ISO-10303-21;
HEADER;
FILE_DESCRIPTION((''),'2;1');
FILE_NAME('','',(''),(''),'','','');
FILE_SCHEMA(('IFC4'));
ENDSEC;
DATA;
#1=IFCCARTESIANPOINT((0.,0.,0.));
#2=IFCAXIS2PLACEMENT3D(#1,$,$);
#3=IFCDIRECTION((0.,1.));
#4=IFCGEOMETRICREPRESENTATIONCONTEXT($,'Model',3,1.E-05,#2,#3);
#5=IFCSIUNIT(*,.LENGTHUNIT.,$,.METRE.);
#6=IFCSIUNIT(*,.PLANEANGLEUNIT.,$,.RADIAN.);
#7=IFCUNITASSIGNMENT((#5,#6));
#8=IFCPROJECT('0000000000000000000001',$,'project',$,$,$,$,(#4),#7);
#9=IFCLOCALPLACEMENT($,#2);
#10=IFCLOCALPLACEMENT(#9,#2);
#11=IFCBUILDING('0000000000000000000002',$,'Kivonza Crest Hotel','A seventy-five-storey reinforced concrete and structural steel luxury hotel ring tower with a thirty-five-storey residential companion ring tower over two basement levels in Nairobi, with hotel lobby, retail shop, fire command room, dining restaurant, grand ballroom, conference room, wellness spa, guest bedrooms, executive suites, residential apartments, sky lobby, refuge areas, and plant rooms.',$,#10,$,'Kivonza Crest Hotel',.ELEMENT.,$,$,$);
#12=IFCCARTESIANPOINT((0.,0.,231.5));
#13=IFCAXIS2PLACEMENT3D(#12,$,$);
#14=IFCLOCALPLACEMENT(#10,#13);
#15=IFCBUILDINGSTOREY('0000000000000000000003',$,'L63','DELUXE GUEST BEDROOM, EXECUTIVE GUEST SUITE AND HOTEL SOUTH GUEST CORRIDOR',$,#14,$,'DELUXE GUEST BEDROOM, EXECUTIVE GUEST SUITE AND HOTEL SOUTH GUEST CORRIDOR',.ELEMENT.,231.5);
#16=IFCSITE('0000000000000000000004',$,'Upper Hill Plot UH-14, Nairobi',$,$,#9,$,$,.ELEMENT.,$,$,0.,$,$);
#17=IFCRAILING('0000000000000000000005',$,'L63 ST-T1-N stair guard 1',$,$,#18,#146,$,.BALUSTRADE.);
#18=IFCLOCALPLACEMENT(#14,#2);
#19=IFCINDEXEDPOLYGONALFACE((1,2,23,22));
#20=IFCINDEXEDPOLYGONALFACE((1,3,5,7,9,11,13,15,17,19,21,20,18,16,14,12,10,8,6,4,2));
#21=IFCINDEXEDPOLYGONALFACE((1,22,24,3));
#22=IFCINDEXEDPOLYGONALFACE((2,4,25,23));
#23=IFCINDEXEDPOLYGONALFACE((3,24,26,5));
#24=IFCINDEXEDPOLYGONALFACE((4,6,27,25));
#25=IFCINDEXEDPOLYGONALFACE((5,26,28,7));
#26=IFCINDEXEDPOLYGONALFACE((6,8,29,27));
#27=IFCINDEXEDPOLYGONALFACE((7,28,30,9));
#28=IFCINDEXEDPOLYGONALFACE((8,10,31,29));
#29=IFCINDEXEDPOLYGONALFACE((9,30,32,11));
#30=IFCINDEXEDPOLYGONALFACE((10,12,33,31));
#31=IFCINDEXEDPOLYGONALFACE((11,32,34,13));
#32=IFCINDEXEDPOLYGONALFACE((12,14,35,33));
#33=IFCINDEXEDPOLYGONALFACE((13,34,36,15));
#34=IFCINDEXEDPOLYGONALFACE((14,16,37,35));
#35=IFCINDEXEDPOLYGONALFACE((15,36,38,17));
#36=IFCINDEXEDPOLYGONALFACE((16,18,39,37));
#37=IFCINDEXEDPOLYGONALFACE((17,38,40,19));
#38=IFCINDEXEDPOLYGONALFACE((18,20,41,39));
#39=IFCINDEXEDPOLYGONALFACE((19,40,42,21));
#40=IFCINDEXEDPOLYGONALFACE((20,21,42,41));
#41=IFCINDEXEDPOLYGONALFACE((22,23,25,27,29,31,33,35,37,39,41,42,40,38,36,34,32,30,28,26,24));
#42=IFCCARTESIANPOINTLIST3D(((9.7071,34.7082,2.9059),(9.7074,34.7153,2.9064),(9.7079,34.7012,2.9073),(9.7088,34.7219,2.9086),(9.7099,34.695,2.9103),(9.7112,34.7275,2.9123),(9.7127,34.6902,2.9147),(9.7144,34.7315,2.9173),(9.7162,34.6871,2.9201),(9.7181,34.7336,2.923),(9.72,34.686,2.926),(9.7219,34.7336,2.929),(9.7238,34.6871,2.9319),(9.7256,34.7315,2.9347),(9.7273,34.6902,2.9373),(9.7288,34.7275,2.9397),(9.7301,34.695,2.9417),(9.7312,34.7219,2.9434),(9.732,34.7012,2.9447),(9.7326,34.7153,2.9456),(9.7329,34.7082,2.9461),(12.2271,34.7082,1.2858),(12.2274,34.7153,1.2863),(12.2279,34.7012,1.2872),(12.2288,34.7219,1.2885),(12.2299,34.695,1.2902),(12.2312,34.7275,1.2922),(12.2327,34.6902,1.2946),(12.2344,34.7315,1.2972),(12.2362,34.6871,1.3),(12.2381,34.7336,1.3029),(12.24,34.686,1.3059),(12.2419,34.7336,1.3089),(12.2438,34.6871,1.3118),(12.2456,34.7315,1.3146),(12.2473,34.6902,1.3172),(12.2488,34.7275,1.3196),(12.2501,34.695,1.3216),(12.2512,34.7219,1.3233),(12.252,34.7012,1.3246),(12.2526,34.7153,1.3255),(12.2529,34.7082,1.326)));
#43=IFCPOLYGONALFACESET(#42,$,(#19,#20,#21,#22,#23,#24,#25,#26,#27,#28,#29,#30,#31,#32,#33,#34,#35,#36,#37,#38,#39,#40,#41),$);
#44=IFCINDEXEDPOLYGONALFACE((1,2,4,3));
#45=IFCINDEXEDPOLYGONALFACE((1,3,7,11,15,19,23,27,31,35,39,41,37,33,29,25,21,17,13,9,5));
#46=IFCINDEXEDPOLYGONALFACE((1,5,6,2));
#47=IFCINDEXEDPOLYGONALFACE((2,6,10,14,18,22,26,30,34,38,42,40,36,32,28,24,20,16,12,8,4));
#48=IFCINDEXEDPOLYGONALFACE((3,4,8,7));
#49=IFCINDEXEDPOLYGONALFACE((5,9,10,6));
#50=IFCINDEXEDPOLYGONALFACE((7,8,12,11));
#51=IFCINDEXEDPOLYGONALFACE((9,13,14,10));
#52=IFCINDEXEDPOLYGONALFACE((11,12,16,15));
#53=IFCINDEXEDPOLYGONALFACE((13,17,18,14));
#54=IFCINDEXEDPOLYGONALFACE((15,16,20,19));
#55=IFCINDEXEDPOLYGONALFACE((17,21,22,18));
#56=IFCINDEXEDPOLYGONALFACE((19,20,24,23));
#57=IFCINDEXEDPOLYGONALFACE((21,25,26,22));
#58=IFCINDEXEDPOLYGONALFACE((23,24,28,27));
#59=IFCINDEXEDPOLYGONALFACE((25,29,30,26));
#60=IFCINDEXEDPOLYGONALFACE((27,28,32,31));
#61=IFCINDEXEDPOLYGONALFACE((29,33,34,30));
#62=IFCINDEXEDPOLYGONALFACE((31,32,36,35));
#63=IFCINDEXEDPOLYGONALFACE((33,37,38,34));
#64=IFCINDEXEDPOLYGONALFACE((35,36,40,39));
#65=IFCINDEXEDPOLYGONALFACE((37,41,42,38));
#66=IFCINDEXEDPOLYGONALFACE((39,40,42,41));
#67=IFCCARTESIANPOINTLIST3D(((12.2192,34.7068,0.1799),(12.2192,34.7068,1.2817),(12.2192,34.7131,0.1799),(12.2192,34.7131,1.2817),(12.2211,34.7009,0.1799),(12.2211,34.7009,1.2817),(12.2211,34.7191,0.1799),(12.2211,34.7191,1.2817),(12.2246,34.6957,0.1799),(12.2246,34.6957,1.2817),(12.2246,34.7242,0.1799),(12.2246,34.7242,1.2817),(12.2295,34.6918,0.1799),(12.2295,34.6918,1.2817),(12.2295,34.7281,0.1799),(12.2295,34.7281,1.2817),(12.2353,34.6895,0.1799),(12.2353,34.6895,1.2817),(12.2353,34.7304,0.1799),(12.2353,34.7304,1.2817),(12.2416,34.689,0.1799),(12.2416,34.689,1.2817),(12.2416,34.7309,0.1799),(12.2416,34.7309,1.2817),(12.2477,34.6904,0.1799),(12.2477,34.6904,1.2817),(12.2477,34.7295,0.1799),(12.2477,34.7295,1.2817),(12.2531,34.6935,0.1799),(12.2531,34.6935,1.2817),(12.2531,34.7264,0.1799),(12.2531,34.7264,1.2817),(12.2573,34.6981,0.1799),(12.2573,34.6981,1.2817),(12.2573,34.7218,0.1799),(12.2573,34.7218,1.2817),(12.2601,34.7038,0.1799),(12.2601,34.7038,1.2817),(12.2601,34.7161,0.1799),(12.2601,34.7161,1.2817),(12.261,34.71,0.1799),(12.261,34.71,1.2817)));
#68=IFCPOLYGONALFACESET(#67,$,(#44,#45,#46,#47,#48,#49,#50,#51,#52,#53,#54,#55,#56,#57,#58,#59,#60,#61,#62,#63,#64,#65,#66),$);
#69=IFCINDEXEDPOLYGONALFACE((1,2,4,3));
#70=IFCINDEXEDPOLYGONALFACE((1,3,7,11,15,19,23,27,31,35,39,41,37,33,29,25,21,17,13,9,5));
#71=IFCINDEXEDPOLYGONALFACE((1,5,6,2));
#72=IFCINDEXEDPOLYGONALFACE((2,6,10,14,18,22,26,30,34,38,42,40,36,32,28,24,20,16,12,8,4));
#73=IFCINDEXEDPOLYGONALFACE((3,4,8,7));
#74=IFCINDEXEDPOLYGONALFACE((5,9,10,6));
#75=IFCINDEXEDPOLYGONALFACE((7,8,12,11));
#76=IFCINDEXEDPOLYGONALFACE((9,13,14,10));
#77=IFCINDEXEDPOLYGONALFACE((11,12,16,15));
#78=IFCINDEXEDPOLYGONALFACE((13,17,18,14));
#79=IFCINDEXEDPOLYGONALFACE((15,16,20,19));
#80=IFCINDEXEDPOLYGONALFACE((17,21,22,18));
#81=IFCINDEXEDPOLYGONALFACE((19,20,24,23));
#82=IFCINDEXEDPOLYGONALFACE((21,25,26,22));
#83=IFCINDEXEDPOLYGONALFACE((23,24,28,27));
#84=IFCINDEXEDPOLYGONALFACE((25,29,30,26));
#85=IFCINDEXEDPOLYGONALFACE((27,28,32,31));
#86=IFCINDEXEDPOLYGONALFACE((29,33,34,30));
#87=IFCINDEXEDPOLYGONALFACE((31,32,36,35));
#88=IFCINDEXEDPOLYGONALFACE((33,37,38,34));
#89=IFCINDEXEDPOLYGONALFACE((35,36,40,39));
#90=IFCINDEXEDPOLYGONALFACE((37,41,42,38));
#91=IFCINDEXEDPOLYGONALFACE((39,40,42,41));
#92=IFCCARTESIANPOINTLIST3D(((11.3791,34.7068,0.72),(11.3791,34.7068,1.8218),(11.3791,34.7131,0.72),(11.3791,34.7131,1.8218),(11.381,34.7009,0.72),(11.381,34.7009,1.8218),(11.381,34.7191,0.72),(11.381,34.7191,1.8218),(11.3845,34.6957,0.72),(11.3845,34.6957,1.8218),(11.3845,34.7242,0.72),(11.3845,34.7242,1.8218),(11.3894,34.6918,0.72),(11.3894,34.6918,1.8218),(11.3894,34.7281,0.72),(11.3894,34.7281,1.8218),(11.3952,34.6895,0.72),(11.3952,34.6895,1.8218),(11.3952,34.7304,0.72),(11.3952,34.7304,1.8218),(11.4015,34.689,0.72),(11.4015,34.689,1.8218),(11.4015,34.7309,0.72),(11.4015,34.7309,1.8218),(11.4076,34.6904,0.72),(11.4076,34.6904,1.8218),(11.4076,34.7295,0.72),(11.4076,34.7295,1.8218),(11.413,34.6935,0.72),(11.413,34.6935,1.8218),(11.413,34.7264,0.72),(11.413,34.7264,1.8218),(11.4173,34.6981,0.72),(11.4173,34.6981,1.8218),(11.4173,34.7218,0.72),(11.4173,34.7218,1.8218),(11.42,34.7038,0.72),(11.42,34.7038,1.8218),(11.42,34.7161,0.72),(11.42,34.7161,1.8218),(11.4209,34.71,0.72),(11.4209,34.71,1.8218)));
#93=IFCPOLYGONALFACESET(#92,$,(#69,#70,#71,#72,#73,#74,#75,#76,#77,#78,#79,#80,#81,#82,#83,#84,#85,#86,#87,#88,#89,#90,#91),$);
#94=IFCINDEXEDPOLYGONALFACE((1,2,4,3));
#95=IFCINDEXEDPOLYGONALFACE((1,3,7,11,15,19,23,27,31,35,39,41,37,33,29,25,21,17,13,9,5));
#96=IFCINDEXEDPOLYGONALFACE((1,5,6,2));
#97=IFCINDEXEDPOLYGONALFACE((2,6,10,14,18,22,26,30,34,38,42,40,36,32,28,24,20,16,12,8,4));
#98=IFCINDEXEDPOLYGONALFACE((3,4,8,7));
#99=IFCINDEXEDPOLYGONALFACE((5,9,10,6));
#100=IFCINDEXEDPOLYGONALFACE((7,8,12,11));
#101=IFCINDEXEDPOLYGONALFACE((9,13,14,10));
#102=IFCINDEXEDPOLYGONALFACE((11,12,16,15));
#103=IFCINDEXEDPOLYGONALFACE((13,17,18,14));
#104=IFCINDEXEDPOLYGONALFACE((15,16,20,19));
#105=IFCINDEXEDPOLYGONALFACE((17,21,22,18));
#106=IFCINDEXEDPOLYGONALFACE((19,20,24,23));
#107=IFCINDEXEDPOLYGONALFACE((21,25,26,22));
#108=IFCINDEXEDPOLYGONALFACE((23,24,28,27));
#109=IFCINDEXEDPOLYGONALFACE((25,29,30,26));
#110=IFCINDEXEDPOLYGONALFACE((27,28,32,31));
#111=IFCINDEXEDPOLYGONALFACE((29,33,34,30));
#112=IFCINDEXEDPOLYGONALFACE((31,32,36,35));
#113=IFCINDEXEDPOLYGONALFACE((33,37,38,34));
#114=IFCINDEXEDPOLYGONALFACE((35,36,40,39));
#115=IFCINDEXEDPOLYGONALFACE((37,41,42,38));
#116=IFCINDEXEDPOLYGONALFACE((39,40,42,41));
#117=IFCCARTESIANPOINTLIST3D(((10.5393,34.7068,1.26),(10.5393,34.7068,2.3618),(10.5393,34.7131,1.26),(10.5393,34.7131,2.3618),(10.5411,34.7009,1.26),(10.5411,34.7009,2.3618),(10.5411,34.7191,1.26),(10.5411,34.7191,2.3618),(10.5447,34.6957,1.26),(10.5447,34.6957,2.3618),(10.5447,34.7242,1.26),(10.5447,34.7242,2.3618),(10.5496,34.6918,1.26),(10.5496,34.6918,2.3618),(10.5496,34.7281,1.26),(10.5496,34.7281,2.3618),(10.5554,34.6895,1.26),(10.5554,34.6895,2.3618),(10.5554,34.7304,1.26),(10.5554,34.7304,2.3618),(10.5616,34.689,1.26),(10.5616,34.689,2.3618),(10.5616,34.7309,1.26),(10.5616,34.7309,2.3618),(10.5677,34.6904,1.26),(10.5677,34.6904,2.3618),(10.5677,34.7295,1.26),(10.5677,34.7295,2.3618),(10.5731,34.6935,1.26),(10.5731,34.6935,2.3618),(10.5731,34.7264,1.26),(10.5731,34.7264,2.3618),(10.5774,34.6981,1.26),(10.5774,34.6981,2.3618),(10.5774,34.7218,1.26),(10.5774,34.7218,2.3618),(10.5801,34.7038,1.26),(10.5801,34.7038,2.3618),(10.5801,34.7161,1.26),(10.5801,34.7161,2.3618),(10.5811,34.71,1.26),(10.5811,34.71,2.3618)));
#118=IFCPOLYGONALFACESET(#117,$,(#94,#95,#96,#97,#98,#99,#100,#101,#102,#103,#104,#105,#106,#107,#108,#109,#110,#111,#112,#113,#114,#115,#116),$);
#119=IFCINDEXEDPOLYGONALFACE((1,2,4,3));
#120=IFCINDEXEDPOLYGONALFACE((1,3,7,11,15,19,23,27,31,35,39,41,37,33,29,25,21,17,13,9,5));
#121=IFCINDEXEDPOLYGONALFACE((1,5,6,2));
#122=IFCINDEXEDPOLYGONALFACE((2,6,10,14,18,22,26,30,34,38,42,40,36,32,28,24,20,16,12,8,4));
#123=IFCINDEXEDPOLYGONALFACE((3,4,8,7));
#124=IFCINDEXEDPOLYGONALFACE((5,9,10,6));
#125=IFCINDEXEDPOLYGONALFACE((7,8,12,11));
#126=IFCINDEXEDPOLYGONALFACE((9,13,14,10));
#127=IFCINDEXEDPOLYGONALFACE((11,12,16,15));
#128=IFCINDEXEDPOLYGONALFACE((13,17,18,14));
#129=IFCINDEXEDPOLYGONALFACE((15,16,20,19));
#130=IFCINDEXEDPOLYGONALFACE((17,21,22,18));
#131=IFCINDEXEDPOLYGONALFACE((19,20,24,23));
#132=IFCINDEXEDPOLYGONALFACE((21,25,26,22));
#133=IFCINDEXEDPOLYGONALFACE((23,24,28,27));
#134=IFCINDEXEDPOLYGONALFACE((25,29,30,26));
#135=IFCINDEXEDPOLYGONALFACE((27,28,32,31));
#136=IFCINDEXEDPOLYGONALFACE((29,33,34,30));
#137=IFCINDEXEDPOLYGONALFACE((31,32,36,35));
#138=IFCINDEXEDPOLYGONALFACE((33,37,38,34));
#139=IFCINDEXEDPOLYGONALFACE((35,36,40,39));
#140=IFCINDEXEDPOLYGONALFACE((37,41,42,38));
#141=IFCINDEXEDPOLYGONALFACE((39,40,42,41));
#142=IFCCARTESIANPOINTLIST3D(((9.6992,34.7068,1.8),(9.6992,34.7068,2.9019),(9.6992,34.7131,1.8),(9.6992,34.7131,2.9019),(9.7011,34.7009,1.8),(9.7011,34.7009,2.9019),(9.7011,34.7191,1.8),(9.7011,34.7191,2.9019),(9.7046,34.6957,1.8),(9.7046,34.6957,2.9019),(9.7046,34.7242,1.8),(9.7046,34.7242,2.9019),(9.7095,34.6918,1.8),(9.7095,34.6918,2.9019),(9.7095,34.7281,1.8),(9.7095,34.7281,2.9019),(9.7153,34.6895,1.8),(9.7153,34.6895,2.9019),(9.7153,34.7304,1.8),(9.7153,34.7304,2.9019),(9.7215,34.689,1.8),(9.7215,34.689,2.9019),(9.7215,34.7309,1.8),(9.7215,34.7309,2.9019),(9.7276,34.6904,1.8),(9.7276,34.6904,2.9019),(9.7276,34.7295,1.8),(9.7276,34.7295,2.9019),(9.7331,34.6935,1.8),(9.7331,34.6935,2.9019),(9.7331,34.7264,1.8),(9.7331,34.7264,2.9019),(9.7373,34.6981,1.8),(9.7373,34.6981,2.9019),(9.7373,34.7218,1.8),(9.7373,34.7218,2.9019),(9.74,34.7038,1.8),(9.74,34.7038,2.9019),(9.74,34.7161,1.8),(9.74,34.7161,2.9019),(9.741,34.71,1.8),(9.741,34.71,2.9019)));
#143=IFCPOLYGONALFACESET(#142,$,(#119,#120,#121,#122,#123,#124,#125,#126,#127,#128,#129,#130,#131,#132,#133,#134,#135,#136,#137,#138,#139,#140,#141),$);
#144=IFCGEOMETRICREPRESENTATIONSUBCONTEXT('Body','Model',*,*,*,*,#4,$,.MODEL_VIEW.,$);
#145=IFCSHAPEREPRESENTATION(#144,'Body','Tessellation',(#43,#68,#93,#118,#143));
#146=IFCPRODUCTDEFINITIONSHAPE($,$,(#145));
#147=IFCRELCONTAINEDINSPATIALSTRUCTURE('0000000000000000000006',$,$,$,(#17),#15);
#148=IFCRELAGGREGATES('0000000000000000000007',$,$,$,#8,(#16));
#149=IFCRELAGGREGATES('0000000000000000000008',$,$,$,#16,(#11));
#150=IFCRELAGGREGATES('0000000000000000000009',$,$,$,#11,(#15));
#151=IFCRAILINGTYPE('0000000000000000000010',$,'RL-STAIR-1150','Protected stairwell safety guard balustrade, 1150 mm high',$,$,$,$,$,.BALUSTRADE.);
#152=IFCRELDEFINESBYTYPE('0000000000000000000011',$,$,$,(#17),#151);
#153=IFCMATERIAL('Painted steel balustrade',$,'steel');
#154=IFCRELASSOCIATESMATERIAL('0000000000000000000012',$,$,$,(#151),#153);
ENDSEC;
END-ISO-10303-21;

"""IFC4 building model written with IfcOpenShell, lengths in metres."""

from ifc_helpers import new_model, si_unit, direction, frame, origin, origin_2d, place, context, subcontext, project, spatial, circle, extrude, material, type_object, element, save


model = new_model("IFC4")

# Units and contexts
model_context = context("Model", 3, precision=1e-05, world=origin(), true_north=direction((0.0, 1.0)))
body_context = subcontext(model_context, "Body", "Model", "MODEL_VIEW")
ifc_project = project(units=[si_unit("LENGTHUNIT", "METRE"), si_unit("PLANEANGLEUNIT", "RADIAN")], contexts=[model_context])

# Site, building, storey
site_placement = place(None, origin())
site = spatial("IfcSite", under=ifc_project, at=site_placement, Name="Upper Hill Plot UH-14, Nairobi", CompositionType="ELEMENT", RefElevation=0.0)
building_placement = place(site_placement, origin())
building = spatial("IfcBuilding", under=site, at=building_placement, Name="Kivonza Crest Hotel", Description="A seventy-five-storey reinforced concrete and structural steel luxury hotel ring tower with a thirty-five-storey residential companion ring tower over two basement levels in Nairobi, with hotel lobby, retail shop, fire command room, dining restaurant, grand ballroom, conference room, wellness spa, guest bedrooms, executive suites, residential apartments, sky lobby, refuge areas, and plant rooms.", LongName="Kivonza Crest Hotel", CompositionType="ELEMENT")
storey_placement = place(building_placement, frame((0.0, 0.0, 231.5)))
storey = spatial("IfcBuildingStorey", under=building, at=storey_placement, Name="L63", Description="DELUXE GUEST BEDROOM, EXECUTIVE GUEST SUITE AND HOTEL SOUTH GUEST CORRIDOR", LongName="DELUXE GUEST BEDROOM, EXECUTIVE GUEST SUITE AND HOTEL SOUTH GUEST CORRIDOR", CompositionType="ELEMENT", Elevation=231.5)

# Railing
ifc_material_1 = material(Name="Painted steel balustrade", Category="steel")
railing_type_1 = type_object("IfcRailingType", Name="RL-STAIR-1150", Description="Protected stairwell safety guard balustrade, 1150 mm high", PredefinedType="BALUSTRADE", material=ifc_material_1)
railing_1_placement = place(storey_placement, frame((12.24, 34.71, 0.1799)))
element("IfcRailing", 1, at=railing_1_placement, inside=storey, type_object=railing_type_1, Name="L63 ST-T1-N stair guard 1", PredefinedType="BALUSTRADE", context=body_context, shape_type="SweptSolid", body=[
    extrude(circle(Radius=0.0239, at=origin_2d()), frame((0.0, 0.0, 1.126), z_axis=(-0.841163, 0.0, 0.540782), x_axis=(0.0, -1.0, 0.0)), (0.0, 0.0, 1.0), 2.9958),
    extrude(circle(Radius=0.021, at=origin_2d()), origin(), (0.0, 0.0, 1.0), 1.1018),
    extrude(circle(Radius=0.021, at=origin_2d()), frame((-0.8401, 0.0, 0.54)), (0.0, 0.0, 1.0), 1.1018),
    extrude(circle(Radius=0.021, at=origin_2d()), frame((-1.6799, 0.0, 1.0801)), (0.0, 0.0, 1.0), 1.1018),
    extrude(circle(Radius=0.021, at=origin_2d()), frame((-2.52, 0.0, 1.6201)), (0.0, 0.0, 1.0), 1.1018),
])

save(model, "model.ifc")
